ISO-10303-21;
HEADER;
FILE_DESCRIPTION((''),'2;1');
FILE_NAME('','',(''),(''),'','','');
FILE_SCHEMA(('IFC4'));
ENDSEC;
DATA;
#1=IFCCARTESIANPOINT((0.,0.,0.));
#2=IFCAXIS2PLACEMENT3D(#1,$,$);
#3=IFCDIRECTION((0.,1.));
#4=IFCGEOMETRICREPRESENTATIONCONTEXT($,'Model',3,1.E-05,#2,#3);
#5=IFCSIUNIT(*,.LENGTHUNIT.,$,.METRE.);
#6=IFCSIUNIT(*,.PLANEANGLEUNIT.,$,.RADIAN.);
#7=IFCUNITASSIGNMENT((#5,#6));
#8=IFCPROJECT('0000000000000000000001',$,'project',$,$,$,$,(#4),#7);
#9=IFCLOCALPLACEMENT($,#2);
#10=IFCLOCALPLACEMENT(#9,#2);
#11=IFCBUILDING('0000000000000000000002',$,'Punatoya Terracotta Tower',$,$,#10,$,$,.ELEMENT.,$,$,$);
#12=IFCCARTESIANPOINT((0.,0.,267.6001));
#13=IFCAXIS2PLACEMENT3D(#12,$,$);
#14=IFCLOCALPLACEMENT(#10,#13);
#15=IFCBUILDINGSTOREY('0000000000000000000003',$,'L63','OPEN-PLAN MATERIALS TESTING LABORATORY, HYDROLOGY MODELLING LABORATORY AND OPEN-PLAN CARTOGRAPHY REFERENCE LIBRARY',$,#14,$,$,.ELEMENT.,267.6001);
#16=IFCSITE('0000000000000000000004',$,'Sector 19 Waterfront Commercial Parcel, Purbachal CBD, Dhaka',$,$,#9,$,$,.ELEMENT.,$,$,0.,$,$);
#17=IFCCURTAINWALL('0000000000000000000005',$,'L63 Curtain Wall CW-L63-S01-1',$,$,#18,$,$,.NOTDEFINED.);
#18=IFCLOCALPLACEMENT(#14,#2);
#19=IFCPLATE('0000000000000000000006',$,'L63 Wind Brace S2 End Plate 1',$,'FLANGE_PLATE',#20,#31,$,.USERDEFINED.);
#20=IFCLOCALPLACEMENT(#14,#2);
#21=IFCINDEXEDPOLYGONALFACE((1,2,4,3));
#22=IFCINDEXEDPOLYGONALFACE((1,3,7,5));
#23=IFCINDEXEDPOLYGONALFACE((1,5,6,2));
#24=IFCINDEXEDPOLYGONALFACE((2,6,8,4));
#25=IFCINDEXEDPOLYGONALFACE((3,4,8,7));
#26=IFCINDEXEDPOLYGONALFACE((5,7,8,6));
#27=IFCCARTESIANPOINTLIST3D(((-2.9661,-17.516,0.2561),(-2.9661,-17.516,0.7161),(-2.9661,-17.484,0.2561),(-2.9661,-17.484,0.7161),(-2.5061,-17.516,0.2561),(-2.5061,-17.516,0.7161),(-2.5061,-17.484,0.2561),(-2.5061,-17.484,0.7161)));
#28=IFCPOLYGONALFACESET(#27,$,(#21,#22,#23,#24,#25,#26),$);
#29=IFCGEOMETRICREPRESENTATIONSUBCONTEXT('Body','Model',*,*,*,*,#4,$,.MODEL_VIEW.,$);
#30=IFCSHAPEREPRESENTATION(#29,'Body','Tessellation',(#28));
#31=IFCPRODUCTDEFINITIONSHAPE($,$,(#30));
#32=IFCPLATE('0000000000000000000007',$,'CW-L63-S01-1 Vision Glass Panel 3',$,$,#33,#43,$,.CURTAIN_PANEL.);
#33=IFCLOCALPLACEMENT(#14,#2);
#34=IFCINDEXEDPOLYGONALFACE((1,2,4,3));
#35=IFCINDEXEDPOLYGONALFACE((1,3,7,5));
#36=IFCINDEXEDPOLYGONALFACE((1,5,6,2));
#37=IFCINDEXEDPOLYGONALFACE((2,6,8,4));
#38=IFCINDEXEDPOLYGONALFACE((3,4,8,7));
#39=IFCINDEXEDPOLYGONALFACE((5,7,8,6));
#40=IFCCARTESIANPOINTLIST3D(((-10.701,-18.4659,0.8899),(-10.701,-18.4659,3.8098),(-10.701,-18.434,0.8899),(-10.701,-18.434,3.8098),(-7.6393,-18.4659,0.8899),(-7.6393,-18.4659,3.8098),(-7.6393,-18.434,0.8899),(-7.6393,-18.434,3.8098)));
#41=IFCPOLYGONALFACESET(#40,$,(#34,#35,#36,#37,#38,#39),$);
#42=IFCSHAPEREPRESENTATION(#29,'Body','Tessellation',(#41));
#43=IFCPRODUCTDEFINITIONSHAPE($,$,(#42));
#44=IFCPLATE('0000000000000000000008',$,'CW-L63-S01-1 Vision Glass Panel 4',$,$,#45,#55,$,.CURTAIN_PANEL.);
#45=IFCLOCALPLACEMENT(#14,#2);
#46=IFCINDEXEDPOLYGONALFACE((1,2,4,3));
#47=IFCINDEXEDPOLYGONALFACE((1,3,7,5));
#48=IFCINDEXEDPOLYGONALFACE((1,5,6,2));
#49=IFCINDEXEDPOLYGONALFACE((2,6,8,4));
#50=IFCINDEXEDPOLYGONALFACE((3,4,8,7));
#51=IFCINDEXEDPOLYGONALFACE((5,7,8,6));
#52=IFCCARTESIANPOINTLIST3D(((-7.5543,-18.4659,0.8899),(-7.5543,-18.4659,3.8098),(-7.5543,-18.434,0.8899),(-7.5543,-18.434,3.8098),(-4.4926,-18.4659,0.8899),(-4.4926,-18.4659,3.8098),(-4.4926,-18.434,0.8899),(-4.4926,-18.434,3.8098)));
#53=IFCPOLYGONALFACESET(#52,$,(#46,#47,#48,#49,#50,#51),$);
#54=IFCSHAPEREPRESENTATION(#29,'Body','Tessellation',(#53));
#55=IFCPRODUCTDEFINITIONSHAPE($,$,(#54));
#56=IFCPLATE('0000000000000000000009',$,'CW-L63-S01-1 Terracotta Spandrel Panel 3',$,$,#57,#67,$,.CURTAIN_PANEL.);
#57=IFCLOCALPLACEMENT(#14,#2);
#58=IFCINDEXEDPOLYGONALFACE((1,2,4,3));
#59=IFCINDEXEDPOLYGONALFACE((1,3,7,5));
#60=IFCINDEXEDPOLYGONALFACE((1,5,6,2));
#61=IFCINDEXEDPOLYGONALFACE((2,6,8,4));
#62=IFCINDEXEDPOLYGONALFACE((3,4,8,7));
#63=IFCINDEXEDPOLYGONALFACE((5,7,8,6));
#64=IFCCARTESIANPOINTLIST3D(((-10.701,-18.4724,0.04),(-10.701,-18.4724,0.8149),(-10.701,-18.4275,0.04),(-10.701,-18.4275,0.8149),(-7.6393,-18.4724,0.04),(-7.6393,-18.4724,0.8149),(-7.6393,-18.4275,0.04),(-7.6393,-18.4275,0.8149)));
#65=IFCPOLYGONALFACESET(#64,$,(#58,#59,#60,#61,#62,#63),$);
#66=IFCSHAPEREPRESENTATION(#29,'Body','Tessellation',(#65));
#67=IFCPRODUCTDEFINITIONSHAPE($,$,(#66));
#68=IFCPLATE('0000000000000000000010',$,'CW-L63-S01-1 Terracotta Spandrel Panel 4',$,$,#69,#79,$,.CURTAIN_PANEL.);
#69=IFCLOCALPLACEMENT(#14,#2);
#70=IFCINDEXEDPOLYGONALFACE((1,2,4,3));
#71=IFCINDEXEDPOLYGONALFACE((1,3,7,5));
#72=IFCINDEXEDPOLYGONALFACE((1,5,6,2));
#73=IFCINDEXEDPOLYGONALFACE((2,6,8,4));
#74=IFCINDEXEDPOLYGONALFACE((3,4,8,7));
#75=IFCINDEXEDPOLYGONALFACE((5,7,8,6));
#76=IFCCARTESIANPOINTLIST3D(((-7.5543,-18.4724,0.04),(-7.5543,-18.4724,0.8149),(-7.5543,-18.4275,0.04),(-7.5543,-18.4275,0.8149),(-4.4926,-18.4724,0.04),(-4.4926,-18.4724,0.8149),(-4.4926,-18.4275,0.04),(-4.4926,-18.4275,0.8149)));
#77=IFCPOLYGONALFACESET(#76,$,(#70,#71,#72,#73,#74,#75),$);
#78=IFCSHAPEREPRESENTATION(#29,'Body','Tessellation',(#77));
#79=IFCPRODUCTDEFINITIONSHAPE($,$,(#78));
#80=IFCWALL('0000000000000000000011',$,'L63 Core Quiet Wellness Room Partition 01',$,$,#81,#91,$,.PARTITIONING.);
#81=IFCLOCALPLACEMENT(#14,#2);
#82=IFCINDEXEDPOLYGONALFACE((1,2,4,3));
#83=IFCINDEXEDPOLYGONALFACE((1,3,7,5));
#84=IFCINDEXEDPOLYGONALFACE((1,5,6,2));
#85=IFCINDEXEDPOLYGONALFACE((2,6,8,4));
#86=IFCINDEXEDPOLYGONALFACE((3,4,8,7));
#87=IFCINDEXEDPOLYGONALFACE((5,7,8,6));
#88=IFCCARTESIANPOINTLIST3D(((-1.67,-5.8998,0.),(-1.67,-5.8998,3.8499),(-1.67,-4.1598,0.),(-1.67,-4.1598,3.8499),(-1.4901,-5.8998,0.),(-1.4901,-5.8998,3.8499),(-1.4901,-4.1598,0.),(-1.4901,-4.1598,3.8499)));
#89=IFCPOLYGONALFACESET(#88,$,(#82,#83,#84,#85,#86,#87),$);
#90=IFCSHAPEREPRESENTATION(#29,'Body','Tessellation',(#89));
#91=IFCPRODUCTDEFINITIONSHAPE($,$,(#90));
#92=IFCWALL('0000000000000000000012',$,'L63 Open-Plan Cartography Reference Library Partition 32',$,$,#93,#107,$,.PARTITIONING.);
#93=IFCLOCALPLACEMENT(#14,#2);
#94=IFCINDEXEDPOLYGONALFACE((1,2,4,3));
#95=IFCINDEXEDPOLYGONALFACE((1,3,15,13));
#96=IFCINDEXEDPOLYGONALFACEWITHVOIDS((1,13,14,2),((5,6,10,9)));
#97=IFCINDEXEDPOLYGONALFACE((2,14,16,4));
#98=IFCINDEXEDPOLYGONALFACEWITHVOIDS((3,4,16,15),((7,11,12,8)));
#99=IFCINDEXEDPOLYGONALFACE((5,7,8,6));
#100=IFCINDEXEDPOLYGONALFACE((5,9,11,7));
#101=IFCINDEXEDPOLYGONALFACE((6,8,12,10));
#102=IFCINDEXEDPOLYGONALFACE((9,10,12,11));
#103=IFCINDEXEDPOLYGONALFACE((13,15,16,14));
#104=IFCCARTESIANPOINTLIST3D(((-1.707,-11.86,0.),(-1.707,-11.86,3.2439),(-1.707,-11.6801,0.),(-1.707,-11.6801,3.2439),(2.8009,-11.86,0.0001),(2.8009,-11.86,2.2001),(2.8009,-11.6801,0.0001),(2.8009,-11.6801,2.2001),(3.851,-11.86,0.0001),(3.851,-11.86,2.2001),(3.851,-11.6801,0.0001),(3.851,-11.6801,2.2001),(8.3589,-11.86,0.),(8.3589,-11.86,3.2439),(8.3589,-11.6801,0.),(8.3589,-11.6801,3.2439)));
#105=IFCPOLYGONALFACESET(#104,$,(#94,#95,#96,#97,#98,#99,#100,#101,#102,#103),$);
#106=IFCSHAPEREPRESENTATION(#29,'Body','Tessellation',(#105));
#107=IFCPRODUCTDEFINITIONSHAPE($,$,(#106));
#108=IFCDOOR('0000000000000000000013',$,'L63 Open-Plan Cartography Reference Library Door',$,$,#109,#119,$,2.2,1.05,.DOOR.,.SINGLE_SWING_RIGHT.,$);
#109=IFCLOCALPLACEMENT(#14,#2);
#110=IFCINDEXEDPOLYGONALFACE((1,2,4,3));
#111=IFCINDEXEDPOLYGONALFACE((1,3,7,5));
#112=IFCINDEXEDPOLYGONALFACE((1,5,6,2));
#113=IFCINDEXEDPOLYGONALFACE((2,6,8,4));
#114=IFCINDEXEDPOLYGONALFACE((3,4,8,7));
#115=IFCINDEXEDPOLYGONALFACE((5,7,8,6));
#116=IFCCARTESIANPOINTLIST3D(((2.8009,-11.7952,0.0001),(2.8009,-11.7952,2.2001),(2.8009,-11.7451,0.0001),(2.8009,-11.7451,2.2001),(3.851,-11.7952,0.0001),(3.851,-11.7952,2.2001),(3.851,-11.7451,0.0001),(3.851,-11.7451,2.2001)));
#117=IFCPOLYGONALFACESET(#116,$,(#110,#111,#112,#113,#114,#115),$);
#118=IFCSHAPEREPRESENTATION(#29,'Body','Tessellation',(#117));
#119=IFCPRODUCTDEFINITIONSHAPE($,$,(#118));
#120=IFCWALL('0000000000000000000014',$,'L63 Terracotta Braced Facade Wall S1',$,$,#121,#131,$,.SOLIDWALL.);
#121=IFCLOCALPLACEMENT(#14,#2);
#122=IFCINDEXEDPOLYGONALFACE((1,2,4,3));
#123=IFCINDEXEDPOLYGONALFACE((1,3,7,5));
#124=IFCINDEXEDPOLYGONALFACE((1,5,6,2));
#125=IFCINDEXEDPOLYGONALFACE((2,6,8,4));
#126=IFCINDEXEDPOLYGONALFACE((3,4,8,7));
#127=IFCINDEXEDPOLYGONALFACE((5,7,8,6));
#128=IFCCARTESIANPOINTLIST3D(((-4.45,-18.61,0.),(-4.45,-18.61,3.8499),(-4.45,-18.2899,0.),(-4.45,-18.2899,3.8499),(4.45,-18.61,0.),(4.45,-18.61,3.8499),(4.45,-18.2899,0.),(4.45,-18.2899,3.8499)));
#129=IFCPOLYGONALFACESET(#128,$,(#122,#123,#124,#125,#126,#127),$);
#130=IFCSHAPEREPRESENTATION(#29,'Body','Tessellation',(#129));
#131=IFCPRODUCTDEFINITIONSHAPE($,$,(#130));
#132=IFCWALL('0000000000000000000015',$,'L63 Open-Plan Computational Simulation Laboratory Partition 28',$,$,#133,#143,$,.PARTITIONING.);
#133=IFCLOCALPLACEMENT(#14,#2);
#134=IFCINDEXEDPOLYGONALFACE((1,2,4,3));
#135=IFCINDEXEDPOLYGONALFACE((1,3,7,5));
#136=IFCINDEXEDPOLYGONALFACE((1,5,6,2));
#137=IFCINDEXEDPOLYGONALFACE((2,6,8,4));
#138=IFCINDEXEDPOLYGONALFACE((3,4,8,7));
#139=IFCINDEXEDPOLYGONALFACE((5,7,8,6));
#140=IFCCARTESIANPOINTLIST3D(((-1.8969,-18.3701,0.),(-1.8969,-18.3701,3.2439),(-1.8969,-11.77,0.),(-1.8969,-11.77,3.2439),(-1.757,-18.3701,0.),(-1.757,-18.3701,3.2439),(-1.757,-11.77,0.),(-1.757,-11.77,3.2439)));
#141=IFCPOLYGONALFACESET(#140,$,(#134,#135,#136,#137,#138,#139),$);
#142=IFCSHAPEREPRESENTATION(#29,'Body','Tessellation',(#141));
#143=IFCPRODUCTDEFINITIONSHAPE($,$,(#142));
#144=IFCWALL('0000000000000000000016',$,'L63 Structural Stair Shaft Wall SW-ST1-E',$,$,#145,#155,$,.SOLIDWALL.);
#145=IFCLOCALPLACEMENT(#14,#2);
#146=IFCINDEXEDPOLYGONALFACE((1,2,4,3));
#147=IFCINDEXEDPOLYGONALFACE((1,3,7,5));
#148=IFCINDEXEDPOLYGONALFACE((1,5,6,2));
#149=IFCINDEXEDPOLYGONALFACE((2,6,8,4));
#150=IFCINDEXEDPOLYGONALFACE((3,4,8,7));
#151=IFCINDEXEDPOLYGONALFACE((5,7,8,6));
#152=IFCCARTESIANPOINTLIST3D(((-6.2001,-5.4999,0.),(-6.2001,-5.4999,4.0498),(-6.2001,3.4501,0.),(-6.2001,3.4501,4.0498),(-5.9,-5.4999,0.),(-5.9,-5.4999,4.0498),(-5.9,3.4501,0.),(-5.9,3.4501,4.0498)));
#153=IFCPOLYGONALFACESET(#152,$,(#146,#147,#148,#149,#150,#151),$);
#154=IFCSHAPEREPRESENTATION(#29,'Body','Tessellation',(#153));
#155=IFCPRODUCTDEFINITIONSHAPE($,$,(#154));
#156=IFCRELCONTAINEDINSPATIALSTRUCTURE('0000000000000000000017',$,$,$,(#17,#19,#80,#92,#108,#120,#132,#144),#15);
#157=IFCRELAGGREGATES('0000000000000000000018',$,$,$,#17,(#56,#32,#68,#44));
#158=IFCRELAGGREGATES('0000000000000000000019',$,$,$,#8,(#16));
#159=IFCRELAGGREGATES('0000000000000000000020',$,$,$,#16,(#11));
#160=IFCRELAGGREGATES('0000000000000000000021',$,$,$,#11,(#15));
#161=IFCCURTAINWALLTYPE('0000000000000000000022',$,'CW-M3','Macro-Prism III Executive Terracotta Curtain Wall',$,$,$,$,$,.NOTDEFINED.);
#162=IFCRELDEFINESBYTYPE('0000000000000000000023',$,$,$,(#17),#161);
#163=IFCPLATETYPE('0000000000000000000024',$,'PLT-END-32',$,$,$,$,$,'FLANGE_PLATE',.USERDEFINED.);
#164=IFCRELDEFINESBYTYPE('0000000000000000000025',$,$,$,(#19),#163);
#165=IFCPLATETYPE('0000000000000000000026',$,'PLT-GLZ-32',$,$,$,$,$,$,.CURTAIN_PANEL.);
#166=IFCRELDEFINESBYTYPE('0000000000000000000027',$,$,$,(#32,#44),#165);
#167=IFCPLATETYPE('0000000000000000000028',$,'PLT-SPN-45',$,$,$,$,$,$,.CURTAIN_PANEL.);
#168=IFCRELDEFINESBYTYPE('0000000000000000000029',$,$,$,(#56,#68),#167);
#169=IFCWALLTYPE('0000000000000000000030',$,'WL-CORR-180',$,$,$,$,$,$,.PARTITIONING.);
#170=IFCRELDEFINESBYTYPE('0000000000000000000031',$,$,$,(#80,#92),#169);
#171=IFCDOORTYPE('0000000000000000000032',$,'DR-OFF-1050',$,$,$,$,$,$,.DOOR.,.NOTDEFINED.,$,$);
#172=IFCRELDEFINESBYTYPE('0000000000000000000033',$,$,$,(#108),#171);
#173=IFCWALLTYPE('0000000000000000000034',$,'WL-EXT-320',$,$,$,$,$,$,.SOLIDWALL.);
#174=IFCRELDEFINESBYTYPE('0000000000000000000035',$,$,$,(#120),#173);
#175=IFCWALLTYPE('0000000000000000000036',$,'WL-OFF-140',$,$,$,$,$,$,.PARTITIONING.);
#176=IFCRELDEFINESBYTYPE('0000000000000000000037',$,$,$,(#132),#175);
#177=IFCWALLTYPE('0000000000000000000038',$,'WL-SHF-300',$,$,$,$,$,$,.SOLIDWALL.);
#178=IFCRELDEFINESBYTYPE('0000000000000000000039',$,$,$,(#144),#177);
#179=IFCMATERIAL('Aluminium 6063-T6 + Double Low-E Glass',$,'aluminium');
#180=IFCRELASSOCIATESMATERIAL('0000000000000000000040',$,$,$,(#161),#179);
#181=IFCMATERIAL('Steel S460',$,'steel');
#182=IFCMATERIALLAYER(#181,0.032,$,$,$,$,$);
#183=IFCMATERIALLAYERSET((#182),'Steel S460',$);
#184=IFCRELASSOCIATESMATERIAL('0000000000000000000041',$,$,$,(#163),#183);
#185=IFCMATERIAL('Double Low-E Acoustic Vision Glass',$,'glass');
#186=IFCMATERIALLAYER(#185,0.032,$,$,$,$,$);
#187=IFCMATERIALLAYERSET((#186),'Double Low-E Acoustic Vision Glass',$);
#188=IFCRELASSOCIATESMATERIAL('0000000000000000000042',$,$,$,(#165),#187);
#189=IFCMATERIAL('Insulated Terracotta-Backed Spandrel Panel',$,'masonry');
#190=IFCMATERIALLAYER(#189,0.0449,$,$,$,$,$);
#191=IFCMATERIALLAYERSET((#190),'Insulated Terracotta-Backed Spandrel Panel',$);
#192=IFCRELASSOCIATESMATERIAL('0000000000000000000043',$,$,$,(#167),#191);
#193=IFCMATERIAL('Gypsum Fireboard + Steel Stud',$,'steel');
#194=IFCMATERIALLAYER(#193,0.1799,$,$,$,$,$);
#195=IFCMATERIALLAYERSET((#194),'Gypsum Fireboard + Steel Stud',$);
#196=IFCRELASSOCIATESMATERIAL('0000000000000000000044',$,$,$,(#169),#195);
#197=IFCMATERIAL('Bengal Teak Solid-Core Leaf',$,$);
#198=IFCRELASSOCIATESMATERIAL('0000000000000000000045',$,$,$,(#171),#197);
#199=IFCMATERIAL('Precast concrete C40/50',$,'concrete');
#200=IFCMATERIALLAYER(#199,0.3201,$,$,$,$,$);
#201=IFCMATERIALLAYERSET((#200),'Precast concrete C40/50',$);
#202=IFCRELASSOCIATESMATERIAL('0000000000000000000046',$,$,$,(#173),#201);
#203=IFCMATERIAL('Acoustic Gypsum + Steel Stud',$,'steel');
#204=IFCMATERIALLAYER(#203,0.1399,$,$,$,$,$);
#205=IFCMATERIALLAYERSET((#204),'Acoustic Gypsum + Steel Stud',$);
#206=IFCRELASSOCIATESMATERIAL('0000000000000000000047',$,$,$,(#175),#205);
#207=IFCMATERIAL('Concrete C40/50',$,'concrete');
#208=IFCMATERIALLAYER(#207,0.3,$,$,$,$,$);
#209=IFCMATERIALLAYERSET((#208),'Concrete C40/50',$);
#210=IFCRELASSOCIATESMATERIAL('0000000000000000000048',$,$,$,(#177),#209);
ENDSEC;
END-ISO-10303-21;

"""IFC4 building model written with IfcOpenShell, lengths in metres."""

from ifc_helpers import new_model, si_unit, direction, frame, frame_2d, origin, origin_2d, place, context, subcontext, project, spatial, rectangle, extrude, material, layer, layer_set, type_object, element, fill, aggregate, save


model = new_model("IFC4")

# Units and contexts
model_context = context("Model", 3, precision=1e-05, world=origin(), true_north=direction((0.0, 1.0)))
body_context = subcontext(model_context, "Body", "Model", "MODEL_VIEW")
ifc_project = project(units=[si_unit("LENGTHUNIT", "METRE"), si_unit("PLANEANGLEUNIT", "RADIAN")], contexts=[model_context])

# Site, building, storey
site_placement = place(None, origin())
site = spatial("IfcSite", under=ifc_project, at=site_placement, Name="Sector 19 Waterfront Commercial Parcel, Purbachal CBD, Dhaka", CompositionType="ELEMENT", RefElevation=0.0)
building_placement = place(site_placement, origin())
building = spatial("IfcBuilding", under=site, at=building_placement, Name="Punatoya Terracotta Tower", CompositionType="ELEMENT")
storey_placement = place(building_placement, frame((0.0, 0.0, 267.6001)))
storey = spatial("IfcBuildingStorey", under=building, at=storey_placement, Name="L63", Description="OPEN-PLAN MATERIALS TESTING LABORATORY, HYDROLOGY MODELLING LABORATORY AND OPEN-PLAN CARTOGRAPHY REFERENCE LIBRARY", CompositionType="ELEMENT", Elevation=267.6001)

# Shared definitions
ifc_material_1 = material(Name="Steel S460", Category="steel")

# Curtain wall
ifc_material_2 = material(Name="Aluminium 6063-T6 + Double Low-E Glass", Category="aluminium")
curtain_wall_type = type_object("IfcCurtainWallType", Name="CW-M3", Description="Macro-Prism III Executive Terracotta Curtain Wall", PredefinedType="NOTDEFINED", material=ifc_material_2)
curtain_wall_placement = place(storey_placement, origin())
curtain_wall = element("IfcCurtainWall", 1, at=curtain_wall_placement, inside=storey, type_object=curtain_wall_type, Name="L63 Curtain Wall CW-L63-S01-1", PredefinedType="NOTDEFINED")

# Plates
ifc_layer_1 = layer(ifc_material_1, 0.032)
ifc_layer_set_1 = layer_set([ifc_layer_1], Name="Steel S460")
plate_type_1 = type_object("IfcPlateType", Name="PLT-END-32", ElementType="FLANGE_PLATE", PredefinedType="USERDEFINED", material=ifc_layer_set_1)
plate_1_placement = place(storey_placement, frame((-2.7361, -17.5, 0.2561), z_axis=(0.0, 0.0, 1.0), x_axis=(1.0, 0.0, 0.0)))
element("IfcPlate", 2, at=plate_1_placement, inside=storey, type_object=plate_type_1, Name="L63 Wind Brace S2 End Plate 1", ObjectType="FLANGE_PLATE", PredefinedType="USERDEFINED", context=body_context, shape_type="SweptSolid", body=[
    extrude(rectangle(XDim=0.46, YDim=0.032, at=origin_2d()), origin(), (0.0, 0.0, 1.0), 0.46),
])
ifc_material_3 = material(Name="Double Low-E Acoustic Vision Glass", Category="glass")
ifc_layer_2 = layer(ifc_material_3, 0.032)
ifc_layer_set_2 = layer_set([ifc_layer_2], Name="Double Low-E Acoustic Vision Glass")
plate_type_2 = type_object("IfcPlateType", Name="PLT-GLZ-32", PredefinedType="CURTAIN_PANEL", material=ifc_layer_set_2)
plate_2_placement = place(storey_placement, frame((-9.1702, -18.45, 0.8899), z_axis=(0.0, 0.0, 1.0), x_axis=(1.0, 0.0, 0.0)))
plate_2 = element("IfcPlate", 3, at=plate_2_placement, type_object=plate_type_2, Name="CW-L63-S01-1 Vision Glass Panel 3", PredefinedType="CURTAIN_PANEL", context=body_context, shape_type="SweptSolid", body=[
    extrude(rectangle(XDim=3.0618, YDim=0.032, at=origin_2d()), origin(), (0.0, 0.0, 1.0), 2.9199),
])
plate_3_placement = place(storey_placement, frame((-6.0234, -18.45, 0.8899), z_axis=(0.0, 0.0, 1.0), x_axis=(1.0, 0.0, 0.0)))
plate_3 = element("IfcPlate", 4, at=plate_3_placement, type_object=plate_type_2, Name="CW-L63-S01-1 Vision Glass Panel 4", PredefinedType="CURTAIN_PANEL", context=body_context, shape_type="SweptSolid", body=[
    extrude(rectangle(XDim=3.0618, YDim=0.032, at=origin_2d()), origin(), (0.0, 0.0, 1.0), 2.9199),
])
ifc_material_4 = material(Name="Insulated Terracotta-Backed Spandrel Panel", Category="masonry")
ifc_layer_3 = layer(ifc_material_4, 0.0449)
ifc_layer_set_3 = layer_set([ifc_layer_3], Name="Insulated Terracotta-Backed Spandrel Panel")
plate_type_3 = type_object("IfcPlateType", Name="PLT-SPN-45", PredefinedType="CURTAIN_PANEL", material=ifc_layer_set_3)
plate_4_placement = place(storey_placement, frame((-9.1702, -18.45, 0.04), z_axis=(0.0, 0.0, 1.0), x_axis=(1.0, 0.0, 0.0)))
plate_4 = element("IfcPlate", 5, at=plate_4_placement, type_object=plate_type_3, Name="CW-L63-S01-1 Terracotta Spandrel Panel 3", PredefinedType="CURTAIN_PANEL", context=body_context, shape_type="SweptSolid", body=[
    extrude(rectangle(XDim=3.0618, YDim=0.0449, at=origin_2d()), origin(), (0.0, 0.0, 1.0), 0.7749),
])
plate_5_placement = place(storey_placement, frame((-6.0234, -18.45, 0.04), z_axis=(0.0, 0.0, 1.0), x_axis=(1.0, 0.0, 0.0)))
plate_5 = element("IfcPlate", 6, at=plate_5_placement, type_object=plate_type_3, Name="CW-L63-S01-1 Terracotta Spandrel Panel 4", PredefinedType="CURTAIN_PANEL", context=body_context, shape_type="SweptSolid", body=[
    extrude(rectangle(XDim=3.0618, YDim=0.0449, at=origin_2d()), origin(), (0.0, 0.0, 1.0), 0.7749),
])
aggregate(curtain_wall, [plate_4, plate_2, plate_5, plate_3])

# Wall
ifc_material_5 = material(Name="Gypsum Fireboard + Steel Stud", Category="steel")
ifc_layer_4 = layer(ifc_material_5, 0.1799)
ifc_layer_set_4 = layer_set([ifc_layer_4], Name="Gypsum Fireboard + Steel Stud")
wall_type_1 = type_object("IfcWallType", Name="WL-CORR-180", PredefinedType="PARTITIONING", material=ifc_layer_set_4)
wall_1_placement = place(storey_placement, frame((-1.5801, -5.8999, 0.0), z_axis=(0.0, 0.0, 1.0), x_axis=(0.0, 1.0, 0.0)))
element("IfcWall", 7, at=wall_1_placement, inside=storey, type_object=wall_type_1, Name="L63 Core Quiet Wellness Room Partition 01", PredefinedType="PARTITIONING", context=body_context, shape_type="SweptSolid", body=[
    extrude(rectangle(XDim=1.74, YDim=0.1799, at=frame_2d((0.8701, 0.0))), origin(), (0.0, 0.0, 1.0), 3.8499),
])

# Wall, opening, door
wall_2_placement = place(storey_placement, frame((-1.707, -11.77, 0.0), z_axis=(0.0, 0.0, 1.0), x_axis=(1.0, 0.0, 0.0)))
wall_2 = element("IfcWall", 8, at=wall_2_placement, inside=storey, type_object=wall_type_1, Name="L63 Open-Plan Cartography Reference Library Partition 32", PredefinedType="PARTITIONING", context=body_context, shape_type="SweptSolid", body=[
    extrude(rectangle(XDim=10.0659, YDim=0.1799, at=frame_2d((5.033, 0.0))), origin(), (0.0, 0.0, 1.0), 3.2439),
])
opening_1_placement = place(wall_2_placement, frame((4.5081, 0.0, 0.0)))
opening_1 = element("IfcOpeningElement", 9, at=opening_1_placement, cuts=wall_2, PredefinedType="OPENING", context=body_context, shape_type="SweptSolid", body=[
    extrude(rectangle(XDim=1.05, YDim=2.2, at=frame_2d((0.5249, 1.1001))), frame((0.0, 0.0999, 0.0), z_axis=(0.0, -1.0, 0.0), x_axis=(1.0, 0.0, 0.0)), (0.0, 0.0, 1.0), 0.2),
])
ifc_material_6 = material(Name="Bengal Teak Solid-Core Leaf")
door_type_1 = type_object("IfcDoorType", Name="DR-OFF-1050", OperationType="NOTDEFINED", PredefinedType="DOOR", material=ifc_material_6)
door_1_placement = place(opening_1_placement, origin())
door_1 = element("IfcDoor", 10, at=door_1_placement, inside=storey, type_object=door_type_1, Name="L63 Open-Plan Cartography Reference Library Door", OperationType="SINGLE_SWING_RIGHT", OverallHeight=2.2, OverallWidth=1.05, PredefinedType="DOOR", context=body_context, shape_type="SweptSolid", body=[
    extrude(rectangle(XDim=1.05, YDim=2.2, at=frame_2d((0.5249, 1.1001))), frame((0.0, 0.0249, 0.0), z_axis=(0.0, -1.0, 0.0), x_axis=(1.0, 0.0, 0.0)), (0.0, 0.0, 1.0), 0.05),
])
fill(opening_1, door_1)

# Walls
ifc_material_7 = material(Name="Precast concrete C40/50", Category="concrete")
ifc_layer_5 = layer(ifc_material_7, 0.3201)
ifc_layer_set_5 = layer_set([ifc_layer_5], Name="Precast concrete C40/50")
wall_type_2 = type_object("IfcWallType", Name="WL-EXT-320", PredefinedType="SOLIDWALL", material=ifc_layer_set_5)
wall_3_placement = place(storey_placement, frame((-4.45, -18.45, 0.0), z_axis=(0.0, 0.0, 1.0), x_axis=(1.0, 0.0, 0.0)))
element("IfcWall", 11, at=wall_3_placement, inside=storey, type_object=wall_type_2, Name="L63 Terracotta Braced Facade Wall S1", PredefinedType="SOLIDWALL", context=body_context, shape_type="SweptSolid", body=[
    extrude(rectangle(XDim=8.8999, YDim=0.3201, at=frame_2d((4.45, 0.0))), origin(), (0.0, 0.0, 1.0), 3.8499),
])
ifc_material_8 = material(Name="Acoustic Gypsum + Steel Stud", Category="steel")
ifc_layer_6 = layer(ifc_material_8, 0.1399)
ifc_layer_set_6 = layer_set([ifc_layer_6], Name="Acoustic Gypsum + Steel Stud")
wall_type_3 = type_object("IfcWallType", Name="WL-OFF-140", PredefinedType="PARTITIONING", material=ifc_layer_set_6)
wall_4_placement = place(storey_placement, frame((-1.8269, -11.77, 0.0), z_axis=(0.0, 0.0, 1.0), x_axis=(0.0, -1.0, 0.0)))
element("IfcWall", 12, at=wall_4_placement, inside=storey, type_object=wall_type_3, Name="L63 Open-Plan Computational Simulation Laboratory Partition 28", PredefinedType="PARTITIONING", context=body_context, shape_type="SweptSolid", body=[
    extrude(rectangle(XDim=6.6001, YDim=0.1399, at=frame_2d((3.3, 0.0))), origin(), (0.0, 0.0, 1.0), 3.2439),
])
ifc_material_9 = material(Name="Concrete C40/50", Category="concrete")
ifc_layer_7 = layer(ifc_material_9, 0.3)
ifc_layer_set_7 = layer_set([ifc_layer_7], Name="Concrete C40/50")
wall_type_4 = type_object("IfcWallType", Name="WL-SHF-300", PredefinedType="SOLIDWALL", material=ifc_layer_set_7)
wall_5_placement = place(storey_placement, frame((-6.05, -5.5, 0.0), z_axis=(0.0, 0.0, 1.0), x_axis=(0.0, 1.0, 0.0)))
element("IfcWall", 13, at=wall_5_placement, inside=storey, type_object=wall_type_4, Name="L63 Structural Stair Shaft Wall SW-ST1-E", PredefinedType="SOLIDWALL", context=body_context, shape_type="SweptSolid", body=[
    extrude(rectangle(XDim=8.95, YDim=0.3, at=frame_2d((4.4751, 0.0))), origin(), (0.0, 0.0, 1.0), 4.0498),
])

save(model, "model.ifc")
